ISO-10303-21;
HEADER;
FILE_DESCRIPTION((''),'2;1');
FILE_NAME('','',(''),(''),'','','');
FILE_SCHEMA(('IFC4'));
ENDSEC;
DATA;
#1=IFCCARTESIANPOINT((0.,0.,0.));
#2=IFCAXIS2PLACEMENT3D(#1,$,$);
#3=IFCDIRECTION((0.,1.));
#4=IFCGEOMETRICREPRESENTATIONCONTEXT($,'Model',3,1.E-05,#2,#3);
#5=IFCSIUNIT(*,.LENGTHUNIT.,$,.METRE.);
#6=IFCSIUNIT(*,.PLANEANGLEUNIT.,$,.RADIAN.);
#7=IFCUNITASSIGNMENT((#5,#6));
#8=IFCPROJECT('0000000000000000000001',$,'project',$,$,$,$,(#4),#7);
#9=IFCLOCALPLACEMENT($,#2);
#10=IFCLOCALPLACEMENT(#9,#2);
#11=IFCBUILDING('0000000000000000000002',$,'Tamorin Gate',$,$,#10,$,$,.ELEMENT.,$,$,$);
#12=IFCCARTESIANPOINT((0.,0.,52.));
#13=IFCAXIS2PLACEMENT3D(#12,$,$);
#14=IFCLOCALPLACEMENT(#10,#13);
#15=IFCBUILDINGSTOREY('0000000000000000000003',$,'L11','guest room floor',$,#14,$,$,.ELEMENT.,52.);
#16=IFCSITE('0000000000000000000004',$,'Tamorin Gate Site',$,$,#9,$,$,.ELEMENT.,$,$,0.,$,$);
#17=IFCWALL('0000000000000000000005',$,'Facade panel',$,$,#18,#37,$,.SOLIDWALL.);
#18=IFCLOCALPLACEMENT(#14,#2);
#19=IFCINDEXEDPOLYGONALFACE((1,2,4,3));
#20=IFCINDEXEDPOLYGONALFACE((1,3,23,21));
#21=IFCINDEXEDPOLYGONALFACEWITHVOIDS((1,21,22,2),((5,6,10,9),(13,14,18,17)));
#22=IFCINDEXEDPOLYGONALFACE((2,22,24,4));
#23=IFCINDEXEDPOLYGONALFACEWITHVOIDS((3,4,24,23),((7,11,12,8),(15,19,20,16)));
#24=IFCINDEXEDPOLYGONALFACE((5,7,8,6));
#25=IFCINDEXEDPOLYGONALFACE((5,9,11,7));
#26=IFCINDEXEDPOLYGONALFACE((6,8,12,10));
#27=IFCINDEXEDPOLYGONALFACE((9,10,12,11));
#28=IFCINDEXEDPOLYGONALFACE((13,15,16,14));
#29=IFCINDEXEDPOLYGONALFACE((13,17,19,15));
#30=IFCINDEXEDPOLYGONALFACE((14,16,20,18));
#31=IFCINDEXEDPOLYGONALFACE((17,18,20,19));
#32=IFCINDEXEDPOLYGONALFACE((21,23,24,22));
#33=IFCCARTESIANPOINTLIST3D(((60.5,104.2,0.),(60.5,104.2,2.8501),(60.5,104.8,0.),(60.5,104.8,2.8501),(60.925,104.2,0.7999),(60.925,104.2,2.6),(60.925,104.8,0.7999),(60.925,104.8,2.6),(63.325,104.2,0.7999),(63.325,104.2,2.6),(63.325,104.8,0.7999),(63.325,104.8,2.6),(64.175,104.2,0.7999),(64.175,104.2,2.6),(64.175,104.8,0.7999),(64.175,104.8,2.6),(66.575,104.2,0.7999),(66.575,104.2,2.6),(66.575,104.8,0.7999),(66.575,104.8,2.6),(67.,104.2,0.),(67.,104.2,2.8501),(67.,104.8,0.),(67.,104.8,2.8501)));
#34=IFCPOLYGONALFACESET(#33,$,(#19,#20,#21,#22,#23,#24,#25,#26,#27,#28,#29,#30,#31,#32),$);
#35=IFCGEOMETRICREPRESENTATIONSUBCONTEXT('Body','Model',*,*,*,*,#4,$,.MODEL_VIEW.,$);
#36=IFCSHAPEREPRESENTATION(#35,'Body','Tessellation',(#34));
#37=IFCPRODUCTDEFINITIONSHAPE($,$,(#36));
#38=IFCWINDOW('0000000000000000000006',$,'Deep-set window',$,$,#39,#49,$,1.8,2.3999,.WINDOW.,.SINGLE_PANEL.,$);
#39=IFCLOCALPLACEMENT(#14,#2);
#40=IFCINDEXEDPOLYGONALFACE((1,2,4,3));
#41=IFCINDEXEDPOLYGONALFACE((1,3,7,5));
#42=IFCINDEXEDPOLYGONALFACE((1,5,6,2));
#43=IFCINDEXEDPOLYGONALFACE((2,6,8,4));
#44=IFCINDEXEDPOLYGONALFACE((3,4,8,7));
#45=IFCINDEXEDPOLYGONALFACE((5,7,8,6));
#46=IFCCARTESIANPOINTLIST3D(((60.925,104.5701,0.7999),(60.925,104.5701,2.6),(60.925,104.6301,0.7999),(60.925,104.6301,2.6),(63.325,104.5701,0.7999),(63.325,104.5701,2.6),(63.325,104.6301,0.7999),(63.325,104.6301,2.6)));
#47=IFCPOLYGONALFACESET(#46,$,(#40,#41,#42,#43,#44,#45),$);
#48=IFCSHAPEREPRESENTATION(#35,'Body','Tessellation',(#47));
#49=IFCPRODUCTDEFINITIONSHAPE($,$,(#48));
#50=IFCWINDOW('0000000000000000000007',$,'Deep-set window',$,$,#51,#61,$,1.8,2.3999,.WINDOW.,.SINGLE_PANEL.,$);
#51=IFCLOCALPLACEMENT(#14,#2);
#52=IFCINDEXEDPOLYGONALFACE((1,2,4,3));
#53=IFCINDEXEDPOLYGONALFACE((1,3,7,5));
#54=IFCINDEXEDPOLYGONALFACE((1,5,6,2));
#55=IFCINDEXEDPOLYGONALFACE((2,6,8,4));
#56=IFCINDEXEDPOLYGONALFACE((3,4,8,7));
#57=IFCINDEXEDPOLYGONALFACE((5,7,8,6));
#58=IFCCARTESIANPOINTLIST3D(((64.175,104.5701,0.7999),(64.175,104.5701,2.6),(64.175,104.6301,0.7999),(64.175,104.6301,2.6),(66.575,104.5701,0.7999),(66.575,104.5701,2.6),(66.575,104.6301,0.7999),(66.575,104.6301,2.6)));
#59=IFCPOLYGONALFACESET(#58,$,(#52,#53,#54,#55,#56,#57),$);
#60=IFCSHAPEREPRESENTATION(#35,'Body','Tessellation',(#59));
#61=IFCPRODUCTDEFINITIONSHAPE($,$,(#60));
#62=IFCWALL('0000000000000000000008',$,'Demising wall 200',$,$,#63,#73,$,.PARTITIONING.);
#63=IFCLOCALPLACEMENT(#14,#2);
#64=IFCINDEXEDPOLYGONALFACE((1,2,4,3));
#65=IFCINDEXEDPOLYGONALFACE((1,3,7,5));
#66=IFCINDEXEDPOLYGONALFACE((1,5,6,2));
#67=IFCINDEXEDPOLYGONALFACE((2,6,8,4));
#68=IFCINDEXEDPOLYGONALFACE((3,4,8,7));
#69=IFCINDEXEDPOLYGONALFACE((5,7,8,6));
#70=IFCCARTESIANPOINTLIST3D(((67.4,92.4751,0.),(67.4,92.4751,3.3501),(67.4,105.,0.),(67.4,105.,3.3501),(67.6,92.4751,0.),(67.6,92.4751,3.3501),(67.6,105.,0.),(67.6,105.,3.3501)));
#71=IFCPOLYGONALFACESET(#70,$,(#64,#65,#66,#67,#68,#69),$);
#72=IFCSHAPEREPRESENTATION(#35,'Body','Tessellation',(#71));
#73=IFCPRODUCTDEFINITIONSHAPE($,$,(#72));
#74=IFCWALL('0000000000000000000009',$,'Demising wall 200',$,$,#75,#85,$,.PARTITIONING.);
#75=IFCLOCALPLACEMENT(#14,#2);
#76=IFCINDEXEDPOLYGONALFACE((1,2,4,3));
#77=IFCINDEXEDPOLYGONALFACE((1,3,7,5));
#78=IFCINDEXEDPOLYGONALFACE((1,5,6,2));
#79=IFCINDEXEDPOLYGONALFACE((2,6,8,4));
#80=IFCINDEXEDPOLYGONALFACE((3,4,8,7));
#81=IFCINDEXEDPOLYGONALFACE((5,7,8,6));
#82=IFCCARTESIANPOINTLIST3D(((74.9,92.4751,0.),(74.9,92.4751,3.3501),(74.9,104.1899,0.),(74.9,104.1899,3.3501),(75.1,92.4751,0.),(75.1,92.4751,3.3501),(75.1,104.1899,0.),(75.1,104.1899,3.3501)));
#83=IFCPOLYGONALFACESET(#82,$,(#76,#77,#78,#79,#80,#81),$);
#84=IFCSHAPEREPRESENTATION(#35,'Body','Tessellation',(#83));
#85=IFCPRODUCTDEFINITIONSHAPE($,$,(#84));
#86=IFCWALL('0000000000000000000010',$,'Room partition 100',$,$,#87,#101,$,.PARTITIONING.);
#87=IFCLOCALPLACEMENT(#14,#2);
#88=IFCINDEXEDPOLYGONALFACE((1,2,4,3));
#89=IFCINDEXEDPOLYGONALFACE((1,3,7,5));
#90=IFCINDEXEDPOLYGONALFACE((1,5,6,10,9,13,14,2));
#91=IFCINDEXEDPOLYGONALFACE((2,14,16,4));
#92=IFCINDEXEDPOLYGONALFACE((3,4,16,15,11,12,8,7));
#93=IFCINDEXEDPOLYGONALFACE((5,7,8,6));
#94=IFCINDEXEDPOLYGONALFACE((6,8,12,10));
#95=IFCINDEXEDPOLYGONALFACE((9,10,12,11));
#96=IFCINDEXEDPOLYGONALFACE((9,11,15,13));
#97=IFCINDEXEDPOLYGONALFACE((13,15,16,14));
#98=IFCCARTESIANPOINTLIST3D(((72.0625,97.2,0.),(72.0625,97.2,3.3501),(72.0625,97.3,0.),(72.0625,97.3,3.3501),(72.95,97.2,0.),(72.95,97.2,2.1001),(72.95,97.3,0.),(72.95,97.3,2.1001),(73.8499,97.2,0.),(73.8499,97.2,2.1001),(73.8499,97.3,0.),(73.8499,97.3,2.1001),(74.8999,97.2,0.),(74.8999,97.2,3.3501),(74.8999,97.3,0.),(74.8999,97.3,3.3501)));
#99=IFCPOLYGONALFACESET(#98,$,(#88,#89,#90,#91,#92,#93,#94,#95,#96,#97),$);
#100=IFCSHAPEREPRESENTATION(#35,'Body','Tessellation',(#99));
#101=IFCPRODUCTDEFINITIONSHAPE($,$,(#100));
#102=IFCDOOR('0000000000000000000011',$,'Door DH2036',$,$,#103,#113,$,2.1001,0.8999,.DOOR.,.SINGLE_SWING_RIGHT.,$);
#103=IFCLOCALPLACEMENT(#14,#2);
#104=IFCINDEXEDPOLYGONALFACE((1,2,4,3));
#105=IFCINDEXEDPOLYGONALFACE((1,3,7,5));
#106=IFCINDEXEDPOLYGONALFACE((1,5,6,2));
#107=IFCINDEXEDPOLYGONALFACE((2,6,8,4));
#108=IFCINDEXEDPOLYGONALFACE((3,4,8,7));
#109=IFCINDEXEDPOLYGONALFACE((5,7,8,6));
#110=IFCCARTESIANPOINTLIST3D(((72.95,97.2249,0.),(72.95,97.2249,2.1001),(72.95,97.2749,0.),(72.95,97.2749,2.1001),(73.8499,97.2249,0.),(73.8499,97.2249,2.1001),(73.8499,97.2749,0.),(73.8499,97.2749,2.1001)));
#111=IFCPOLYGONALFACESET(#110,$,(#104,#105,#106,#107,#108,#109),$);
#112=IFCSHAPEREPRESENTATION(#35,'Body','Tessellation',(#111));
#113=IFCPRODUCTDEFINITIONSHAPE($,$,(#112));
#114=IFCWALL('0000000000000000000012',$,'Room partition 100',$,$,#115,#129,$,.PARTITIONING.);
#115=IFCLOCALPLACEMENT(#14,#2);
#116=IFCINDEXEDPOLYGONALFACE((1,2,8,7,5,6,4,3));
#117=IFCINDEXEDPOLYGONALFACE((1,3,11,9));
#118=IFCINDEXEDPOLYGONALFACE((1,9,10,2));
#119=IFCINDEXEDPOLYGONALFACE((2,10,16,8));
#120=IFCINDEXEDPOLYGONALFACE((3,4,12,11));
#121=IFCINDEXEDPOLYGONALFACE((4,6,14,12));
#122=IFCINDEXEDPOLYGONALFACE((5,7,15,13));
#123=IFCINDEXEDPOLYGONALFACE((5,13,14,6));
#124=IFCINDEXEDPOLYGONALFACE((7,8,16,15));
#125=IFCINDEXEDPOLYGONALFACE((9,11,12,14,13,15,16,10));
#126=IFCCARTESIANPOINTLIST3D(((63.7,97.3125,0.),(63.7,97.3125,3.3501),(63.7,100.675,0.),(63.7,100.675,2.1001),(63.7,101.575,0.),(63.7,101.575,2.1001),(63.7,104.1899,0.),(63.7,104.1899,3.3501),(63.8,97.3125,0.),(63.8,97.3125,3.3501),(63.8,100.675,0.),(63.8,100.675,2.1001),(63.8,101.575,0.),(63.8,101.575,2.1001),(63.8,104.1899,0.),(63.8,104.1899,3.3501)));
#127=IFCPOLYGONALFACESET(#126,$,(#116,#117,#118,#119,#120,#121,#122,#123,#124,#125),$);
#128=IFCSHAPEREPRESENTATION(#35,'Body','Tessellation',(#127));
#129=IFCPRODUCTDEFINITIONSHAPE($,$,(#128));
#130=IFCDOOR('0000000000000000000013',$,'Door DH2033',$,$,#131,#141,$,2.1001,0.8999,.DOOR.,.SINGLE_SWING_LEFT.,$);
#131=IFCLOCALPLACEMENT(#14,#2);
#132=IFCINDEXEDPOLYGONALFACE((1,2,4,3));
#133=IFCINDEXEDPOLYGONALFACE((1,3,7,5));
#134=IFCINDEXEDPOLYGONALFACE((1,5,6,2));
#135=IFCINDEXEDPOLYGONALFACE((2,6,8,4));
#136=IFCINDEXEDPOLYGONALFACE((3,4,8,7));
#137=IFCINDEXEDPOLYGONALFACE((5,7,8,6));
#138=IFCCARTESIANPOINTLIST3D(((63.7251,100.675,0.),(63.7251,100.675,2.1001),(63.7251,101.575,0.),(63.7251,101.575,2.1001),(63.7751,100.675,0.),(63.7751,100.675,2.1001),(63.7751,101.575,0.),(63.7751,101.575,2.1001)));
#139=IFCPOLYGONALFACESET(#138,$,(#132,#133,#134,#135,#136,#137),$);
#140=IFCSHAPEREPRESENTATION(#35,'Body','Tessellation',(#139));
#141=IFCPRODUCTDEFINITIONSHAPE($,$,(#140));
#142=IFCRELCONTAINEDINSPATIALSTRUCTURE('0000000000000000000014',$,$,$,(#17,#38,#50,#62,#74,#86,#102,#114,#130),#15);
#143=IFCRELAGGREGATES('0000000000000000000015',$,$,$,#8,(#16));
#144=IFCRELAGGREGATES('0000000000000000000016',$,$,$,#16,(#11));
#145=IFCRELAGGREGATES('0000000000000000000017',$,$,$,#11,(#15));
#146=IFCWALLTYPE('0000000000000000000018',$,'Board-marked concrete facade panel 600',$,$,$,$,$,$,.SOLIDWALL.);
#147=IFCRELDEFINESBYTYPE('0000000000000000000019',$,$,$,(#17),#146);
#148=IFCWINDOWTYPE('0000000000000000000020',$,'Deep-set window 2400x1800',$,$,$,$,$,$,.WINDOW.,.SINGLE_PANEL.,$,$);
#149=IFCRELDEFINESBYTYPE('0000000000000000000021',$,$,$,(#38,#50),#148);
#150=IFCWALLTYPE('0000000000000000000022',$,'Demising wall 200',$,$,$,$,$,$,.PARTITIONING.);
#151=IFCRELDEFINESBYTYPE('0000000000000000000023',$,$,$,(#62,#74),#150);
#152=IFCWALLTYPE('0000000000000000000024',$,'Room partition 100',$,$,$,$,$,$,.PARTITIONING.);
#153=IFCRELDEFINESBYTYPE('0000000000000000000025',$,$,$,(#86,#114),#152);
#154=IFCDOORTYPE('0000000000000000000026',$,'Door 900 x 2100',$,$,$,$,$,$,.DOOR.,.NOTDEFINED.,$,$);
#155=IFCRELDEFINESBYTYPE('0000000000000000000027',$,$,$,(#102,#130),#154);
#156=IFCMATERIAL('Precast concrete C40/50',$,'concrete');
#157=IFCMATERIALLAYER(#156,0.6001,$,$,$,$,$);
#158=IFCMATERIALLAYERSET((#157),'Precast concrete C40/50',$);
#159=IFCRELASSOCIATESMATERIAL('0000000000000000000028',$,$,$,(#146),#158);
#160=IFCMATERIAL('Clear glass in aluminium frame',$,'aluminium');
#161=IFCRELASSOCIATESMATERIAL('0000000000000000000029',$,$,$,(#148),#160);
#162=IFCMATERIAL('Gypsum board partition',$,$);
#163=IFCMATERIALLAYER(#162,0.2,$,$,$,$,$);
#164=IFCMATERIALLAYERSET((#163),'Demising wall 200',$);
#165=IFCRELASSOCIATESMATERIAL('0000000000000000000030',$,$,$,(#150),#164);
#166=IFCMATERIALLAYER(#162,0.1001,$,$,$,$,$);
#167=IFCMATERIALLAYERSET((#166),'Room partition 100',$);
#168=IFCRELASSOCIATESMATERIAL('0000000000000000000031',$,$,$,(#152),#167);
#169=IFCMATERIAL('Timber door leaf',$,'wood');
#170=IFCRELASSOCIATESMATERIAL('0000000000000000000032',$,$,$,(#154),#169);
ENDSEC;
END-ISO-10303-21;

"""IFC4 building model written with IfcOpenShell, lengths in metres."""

from ifc_helpers import new_model, si_unit, direction, frame, frame_2d, origin, place, context, subcontext, project, spatial, rectangle, extrude, material, layer, layer_set, type_object, element, fill, save


model = new_model("IFC4")

# Units and contexts
model_context = context("Model", 3, precision=1e-05, world=origin(), true_north=direction((0.0, 1.0)))
body_context = subcontext(model_context, "Body", "Model", "MODEL_VIEW")
ifc_project = project(units=[si_unit("LENGTHUNIT", "METRE"), si_unit("PLANEANGLEUNIT", "RADIAN")], contexts=[model_context])

# Site, building, storey
site_placement = place(None, origin())
site = spatial("IfcSite", under=ifc_project, at=site_placement, Name="Tamorin Gate Site", CompositionType="ELEMENT", RefElevation=0.0)
building_placement = place(site_placement, origin())
building = spatial("IfcBuilding", under=site, at=building_placement, Name="Tamorin Gate", CompositionType="ELEMENT")
storey_placement = place(building_placement, frame((0.0, 0.0, 52.0)))
storey = spatial("IfcBuildingStorey", under=building, at=storey_placement, Name="L11", Description="guest room floor", CompositionType="ELEMENT", Elevation=52.0)

# Wall, openings, windows
ifc_material_1 = material(Name="Precast concrete C40/50", Category="concrete")
ifc_layer_1 = layer(ifc_material_1, 0.6001)
ifc_layer_set_1 = layer_set([ifc_layer_1], Name="Precast concrete C40/50")
wall_type_1 = type_object("IfcWallType", Name="Board-marked concrete facade panel 600", PredefinedType="SOLIDWALL", material=ifc_layer_set_1)
ifc_material_2 = material(Name="Clear glass in aluminium frame", Category="aluminium")
window_type = type_object("IfcWindowType", Name="Deep-set window 2400x1800", PartitioningType="SINGLE_PANEL", PredefinedType="WINDOW", material=ifc_material_2)
wall_1_placement = place(storey_placement, frame((67.0, 104.5, 0.0), z_axis=(0.0, 0.0, 1.0), x_axis=(-1.0, 0.0, 0.0)))
wall_1 = element("IfcWall", 1, at=wall_1_placement, inside=storey, type_object=wall_type_1, Name="Facade panel", PredefinedType="SOLIDWALL", context=body_context, shape_type="SweptSolid", body=[
    extrude(rectangle(XDim=6.5, YDim=0.6001, at=frame_2d((3.25, 0.0))), origin(), (0.0, 0.0, 1.0), 2.8501),
])
opening_1_placement = place(wall_1_placement, frame((3.675, 0.0, 0.8)))
opening_1 = element("IfcOpeningElement", 2, at=opening_1_placement, cuts=wall_1, PredefinedType="OPENING", context=body_context, shape_type="SweptSolid", body=[
    extrude(rectangle(XDim=2.3999, YDim=1.8, at=frame_2d((1.2, 0.8999))), frame((0.0, 0.3101, 0.0), z_axis=(0.0, -1.0, 0.0), x_axis=(1.0, 0.0, 0.0)), (0.0, 0.0, 1.0), 0.6201),
])
opening_2_placement = place(wall_1_placement, frame((0.425, 0.0, 0.8)))
opening_2 = element("IfcOpeningElement", 3, at=opening_2_placement, cuts=wall_1, PredefinedType="OPENING", context=body_context, shape_type="SweptSolid", body=[
    extrude(rectangle(XDim=2.3999, YDim=1.8, at=frame_2d((1.2, 0.8999))), frame((0.0, 0.3101, 0.0), z_axis=(0.0, -1.0, 0.0), x_axis=(1.0, 0.0, 0.0)), (0.0, 0.0, 1.0), 0.6201),
])
window_1_placement = place(opening_1_placement, origin())
window_1 = element("IfcWindow", 4, at=window_1_placement, inside=storey, type_object=window_type, Name="Deep-set window", OverallHeight=1.8, OverallWidth=2.3999, PartitioningType="SINGLE_PANEL", PredefinedType="WINDOW", context=body_context, shape_type="SweptSolid", body=[
    extrude(rectangle(XDim=2.3999, YDim=1.8, at=frame_2d((1.2, 0.8999))), frame((0.0, -0.0701, 0.0), z_axis=(0.0, -1.0, 0.0), x_axis=(1.0, 0.0, 0.0)), (0.0, 0.0, 1.0), 0.0601),
])
fill(opening_1, window_1)
window_2_placement = place(opening_2_placement, origin())
window_2 = element("IfcWindow", 5, at=window_2_placement, inside=storey, type_object=window_type, Name="Deep-set window", OverallHeight=1.8, OverallWidth=2.3999, PartitioningType="SINGLE_PANEL", PredefinedType="WINDOW", context=body_context, shape_type="SweptSolid", body=[
    extrude(rectangle(XDim=2.3999, YDim=1.8, at=frame_2d((1.2, 0.8999))), frame((0.0, -0.0701, 0.0), z_axis=(0.0, -1.0, 0.0), x_axis=(1.0, 0.0, 0.0)), (0.0, 0.0, 1.0), 0.0601),
])
fill(opening_2, window_2)

# Walls
ifc_material_3 = material(Name="Gypsum board partition")
ifc_layer_2 = layer(ifc_material_3, 0.2)
ifc_layer_set_2 = layer_set([ifc_layer_2], Name="Demising wall 200")
wall_type_2 = type_object("IfcWallType", Name="Demising wall 200", PredefinedType="PARTITIONING", material=ifc_layer_set_2)
wall_2_placement = place(storey_placement, frame((67.5, 92.4751, 0.0), z_axis=(0.0, 0.0, 1.0), x_axis=(0.0, 1.0, 0.0)))
element("IfcWall", 6, at=wall_2_placement, inside=storey, type_object=wall_type_2, Name="Demising wall 200", PredefinedType="PARTITIONING", context=body_context, shape_type="SweptSolid", body=[
    extrude(rectangle(XDim=12.5249, YDim=0.2, at=frame_2d((6.2625, 0.0))), origin(), (0.0, 0.0, 1.0), 3.3501),
])
wall_3_placement = place(storey_placement, frame((75.0, 92.4751, 0.0), z_axis=(0.0, 0.0, 1.0), x_axis=(0.0, 1.0, 0.0)))
element("IfcWall", 7, at=wall_3_placement, inside=storey, type_object=wall_type_2, Name="Demising wall 200", PredefinedType="PARTITIONING", context=body_context, shape_type="SweptSolid", body=[
    extrude(rectangle(XDim=11.7148, YDim=0.2, at=frame_2d((5.8574, 0.0))), origin(), (0.0, 0.0, 1.0), 3.3501),
])

# Walls, openings, doors
ifc_layer_3 = layer(ifc_material_3, 0.1001)
ifc_layer_set_3 = layer_set([ifc_layer_3], Name="Room partition 100")
wall_type_3 = type_object("IfcWallType", Name="Room partition 100", PredefinedType="PARTITIONING", material=ifc_layer_set_3)
wall_4_placement = place(storey_placement, frame((72.0625, 97.25, 0.0), z_axis=(0.0, 0.0, 1.0), x_axis=(1.0, 0.0, 0.0)))
wall_4 = element("IfcWall", 8, at=wall_4_placement, inside=storey, type_object=wall_type_3, Name="Room partition 100", PredefinedType="PARTITIONING", context=body_context, shape_type="SweptSolid", body=[
    extrude(rectangle(XDim=2.8374, YDim=0.1001, at=frame_2d((1.4187, 0.0))), origin(), (0.0, 0.0, 1.0), 3.3501),
])
opening_3_placement = place(wall_4_placement, frame((0.8875, 0.0, 0.0)))
opening_3 = element("IfcOpeningElement", 9, at=opening_3_placement, cuts=wall_4, PredefinedType="OPENING", context=body_context, shape_type="SweptSolid", body=[
    extrude(rectangle(XDim=0.8999, YDim=2.1001, at=frame_2d((0.45, 1.05))), frame((0.0, 0.0601, 0.0), z_axis=(0.0, -1.0, 0.0), x_axis=(1.0, 0.0, 0.0)), (0.0, 0.0, 1.0), 0.1201),
])
ifc_material_4 = material(Name="Timber door leaf", Category="wood")
door_type = type_object("IfcDoorType", Name="Door 900 x 2100", OperationType="NOTDEFINED", PredefinedType="DOOR", material=ifc_material_4)
door_1_placement = place(opening_3_placement, origin())
door_1 = element("IfcDoor", 10, at=door_1_placement, inside=storey, type_object=door_type, Name="Door DH2036", OperationType="SINGLE_SWING_RIGHT", OverallHeight=2.1001, OverallWidth=0.8999, PredefinedType="DOOR", context=body_context, shape_type="SweptSolid", body=[
    extrude(rectangle(XDim=0.8999, YDim=2.1001, at=frame_2d((0.45, 1.05))), frame((0.0, 0.0249, 0.0), z_axis=(0.0, -1.0, 0.0), x_axis=(1.0, 0.0, 0.0)), (0.0, 0.0, 1.0), 0.05),
])
fill(opening_3, door_1)
wall_5_placement = place(storey_placement, frame((63.75, 97.3125, 0.0), z_axis=(0.0, 0.0, 1.0), x_axis=(0.0, 1.0, 0.0)))
wall_5 = element("IfcWall", 11, at=wall_5_placement, inside=storey, type_object=wall_type_3, Name="Room partition 100", PredefinedType="PARTITIONING", context=body_context, shape_type="SweptSolid", body=[
    extrude(rectangle(XDim=6.8774, YDim=0.1001, at=frame_2d((3.4387, 0.0))), origin(), (0.0, 0.0, 1.0), 3.3501),
])
opening_4_placement = place(wall_5_placement, frame((3.3625, 0.0, 0.0)))
opening_4 = element("IfcOpeningElement", 12, at=opening_4_placement, cuts=wall_5, PredefinedType="OPENING", context=body_context, shape_type="SweptSolid", body=[
    extrude(rectangle(XDim=0.8999, YDim=2.1001, at=frame_2d((0.45, 1.05))), frame((0.0, 0.0601, 0.0), z_axis=(0.0, -1.0, 0.0), x_axis=(1.0, 0.0, 0.0)), (0.0, 0.0, 1.0), 0.1201),
])
door_2_placement = place(opening_4_placement, origin())
door_2 = element("IfcDoor", 13, at=door_2_placement, inside=storey, type_object=door_type, Name="Door DH2033", OperationType="SINGLE_SWING_LEFT", OverallHeight=2.1001, OverallWidth=0.8999, PredefinedType="DOOR", context=body_context, shape_type="SweptSolid", body=[
    extrude(rectangle(XDim=0.8999, YDim=2.1001, at=frame_2d((0.45, 1.05))), frame((0.0, 0.0249, 0.0), z_axis=(0.0, -1.0, 0.0), x_axis=(1.0, 0.0, 0.0)), (0.0, 0.0, 1.0), 0.05),
])
fill(opening_4, door_2)

save(model, "model.ifc")
